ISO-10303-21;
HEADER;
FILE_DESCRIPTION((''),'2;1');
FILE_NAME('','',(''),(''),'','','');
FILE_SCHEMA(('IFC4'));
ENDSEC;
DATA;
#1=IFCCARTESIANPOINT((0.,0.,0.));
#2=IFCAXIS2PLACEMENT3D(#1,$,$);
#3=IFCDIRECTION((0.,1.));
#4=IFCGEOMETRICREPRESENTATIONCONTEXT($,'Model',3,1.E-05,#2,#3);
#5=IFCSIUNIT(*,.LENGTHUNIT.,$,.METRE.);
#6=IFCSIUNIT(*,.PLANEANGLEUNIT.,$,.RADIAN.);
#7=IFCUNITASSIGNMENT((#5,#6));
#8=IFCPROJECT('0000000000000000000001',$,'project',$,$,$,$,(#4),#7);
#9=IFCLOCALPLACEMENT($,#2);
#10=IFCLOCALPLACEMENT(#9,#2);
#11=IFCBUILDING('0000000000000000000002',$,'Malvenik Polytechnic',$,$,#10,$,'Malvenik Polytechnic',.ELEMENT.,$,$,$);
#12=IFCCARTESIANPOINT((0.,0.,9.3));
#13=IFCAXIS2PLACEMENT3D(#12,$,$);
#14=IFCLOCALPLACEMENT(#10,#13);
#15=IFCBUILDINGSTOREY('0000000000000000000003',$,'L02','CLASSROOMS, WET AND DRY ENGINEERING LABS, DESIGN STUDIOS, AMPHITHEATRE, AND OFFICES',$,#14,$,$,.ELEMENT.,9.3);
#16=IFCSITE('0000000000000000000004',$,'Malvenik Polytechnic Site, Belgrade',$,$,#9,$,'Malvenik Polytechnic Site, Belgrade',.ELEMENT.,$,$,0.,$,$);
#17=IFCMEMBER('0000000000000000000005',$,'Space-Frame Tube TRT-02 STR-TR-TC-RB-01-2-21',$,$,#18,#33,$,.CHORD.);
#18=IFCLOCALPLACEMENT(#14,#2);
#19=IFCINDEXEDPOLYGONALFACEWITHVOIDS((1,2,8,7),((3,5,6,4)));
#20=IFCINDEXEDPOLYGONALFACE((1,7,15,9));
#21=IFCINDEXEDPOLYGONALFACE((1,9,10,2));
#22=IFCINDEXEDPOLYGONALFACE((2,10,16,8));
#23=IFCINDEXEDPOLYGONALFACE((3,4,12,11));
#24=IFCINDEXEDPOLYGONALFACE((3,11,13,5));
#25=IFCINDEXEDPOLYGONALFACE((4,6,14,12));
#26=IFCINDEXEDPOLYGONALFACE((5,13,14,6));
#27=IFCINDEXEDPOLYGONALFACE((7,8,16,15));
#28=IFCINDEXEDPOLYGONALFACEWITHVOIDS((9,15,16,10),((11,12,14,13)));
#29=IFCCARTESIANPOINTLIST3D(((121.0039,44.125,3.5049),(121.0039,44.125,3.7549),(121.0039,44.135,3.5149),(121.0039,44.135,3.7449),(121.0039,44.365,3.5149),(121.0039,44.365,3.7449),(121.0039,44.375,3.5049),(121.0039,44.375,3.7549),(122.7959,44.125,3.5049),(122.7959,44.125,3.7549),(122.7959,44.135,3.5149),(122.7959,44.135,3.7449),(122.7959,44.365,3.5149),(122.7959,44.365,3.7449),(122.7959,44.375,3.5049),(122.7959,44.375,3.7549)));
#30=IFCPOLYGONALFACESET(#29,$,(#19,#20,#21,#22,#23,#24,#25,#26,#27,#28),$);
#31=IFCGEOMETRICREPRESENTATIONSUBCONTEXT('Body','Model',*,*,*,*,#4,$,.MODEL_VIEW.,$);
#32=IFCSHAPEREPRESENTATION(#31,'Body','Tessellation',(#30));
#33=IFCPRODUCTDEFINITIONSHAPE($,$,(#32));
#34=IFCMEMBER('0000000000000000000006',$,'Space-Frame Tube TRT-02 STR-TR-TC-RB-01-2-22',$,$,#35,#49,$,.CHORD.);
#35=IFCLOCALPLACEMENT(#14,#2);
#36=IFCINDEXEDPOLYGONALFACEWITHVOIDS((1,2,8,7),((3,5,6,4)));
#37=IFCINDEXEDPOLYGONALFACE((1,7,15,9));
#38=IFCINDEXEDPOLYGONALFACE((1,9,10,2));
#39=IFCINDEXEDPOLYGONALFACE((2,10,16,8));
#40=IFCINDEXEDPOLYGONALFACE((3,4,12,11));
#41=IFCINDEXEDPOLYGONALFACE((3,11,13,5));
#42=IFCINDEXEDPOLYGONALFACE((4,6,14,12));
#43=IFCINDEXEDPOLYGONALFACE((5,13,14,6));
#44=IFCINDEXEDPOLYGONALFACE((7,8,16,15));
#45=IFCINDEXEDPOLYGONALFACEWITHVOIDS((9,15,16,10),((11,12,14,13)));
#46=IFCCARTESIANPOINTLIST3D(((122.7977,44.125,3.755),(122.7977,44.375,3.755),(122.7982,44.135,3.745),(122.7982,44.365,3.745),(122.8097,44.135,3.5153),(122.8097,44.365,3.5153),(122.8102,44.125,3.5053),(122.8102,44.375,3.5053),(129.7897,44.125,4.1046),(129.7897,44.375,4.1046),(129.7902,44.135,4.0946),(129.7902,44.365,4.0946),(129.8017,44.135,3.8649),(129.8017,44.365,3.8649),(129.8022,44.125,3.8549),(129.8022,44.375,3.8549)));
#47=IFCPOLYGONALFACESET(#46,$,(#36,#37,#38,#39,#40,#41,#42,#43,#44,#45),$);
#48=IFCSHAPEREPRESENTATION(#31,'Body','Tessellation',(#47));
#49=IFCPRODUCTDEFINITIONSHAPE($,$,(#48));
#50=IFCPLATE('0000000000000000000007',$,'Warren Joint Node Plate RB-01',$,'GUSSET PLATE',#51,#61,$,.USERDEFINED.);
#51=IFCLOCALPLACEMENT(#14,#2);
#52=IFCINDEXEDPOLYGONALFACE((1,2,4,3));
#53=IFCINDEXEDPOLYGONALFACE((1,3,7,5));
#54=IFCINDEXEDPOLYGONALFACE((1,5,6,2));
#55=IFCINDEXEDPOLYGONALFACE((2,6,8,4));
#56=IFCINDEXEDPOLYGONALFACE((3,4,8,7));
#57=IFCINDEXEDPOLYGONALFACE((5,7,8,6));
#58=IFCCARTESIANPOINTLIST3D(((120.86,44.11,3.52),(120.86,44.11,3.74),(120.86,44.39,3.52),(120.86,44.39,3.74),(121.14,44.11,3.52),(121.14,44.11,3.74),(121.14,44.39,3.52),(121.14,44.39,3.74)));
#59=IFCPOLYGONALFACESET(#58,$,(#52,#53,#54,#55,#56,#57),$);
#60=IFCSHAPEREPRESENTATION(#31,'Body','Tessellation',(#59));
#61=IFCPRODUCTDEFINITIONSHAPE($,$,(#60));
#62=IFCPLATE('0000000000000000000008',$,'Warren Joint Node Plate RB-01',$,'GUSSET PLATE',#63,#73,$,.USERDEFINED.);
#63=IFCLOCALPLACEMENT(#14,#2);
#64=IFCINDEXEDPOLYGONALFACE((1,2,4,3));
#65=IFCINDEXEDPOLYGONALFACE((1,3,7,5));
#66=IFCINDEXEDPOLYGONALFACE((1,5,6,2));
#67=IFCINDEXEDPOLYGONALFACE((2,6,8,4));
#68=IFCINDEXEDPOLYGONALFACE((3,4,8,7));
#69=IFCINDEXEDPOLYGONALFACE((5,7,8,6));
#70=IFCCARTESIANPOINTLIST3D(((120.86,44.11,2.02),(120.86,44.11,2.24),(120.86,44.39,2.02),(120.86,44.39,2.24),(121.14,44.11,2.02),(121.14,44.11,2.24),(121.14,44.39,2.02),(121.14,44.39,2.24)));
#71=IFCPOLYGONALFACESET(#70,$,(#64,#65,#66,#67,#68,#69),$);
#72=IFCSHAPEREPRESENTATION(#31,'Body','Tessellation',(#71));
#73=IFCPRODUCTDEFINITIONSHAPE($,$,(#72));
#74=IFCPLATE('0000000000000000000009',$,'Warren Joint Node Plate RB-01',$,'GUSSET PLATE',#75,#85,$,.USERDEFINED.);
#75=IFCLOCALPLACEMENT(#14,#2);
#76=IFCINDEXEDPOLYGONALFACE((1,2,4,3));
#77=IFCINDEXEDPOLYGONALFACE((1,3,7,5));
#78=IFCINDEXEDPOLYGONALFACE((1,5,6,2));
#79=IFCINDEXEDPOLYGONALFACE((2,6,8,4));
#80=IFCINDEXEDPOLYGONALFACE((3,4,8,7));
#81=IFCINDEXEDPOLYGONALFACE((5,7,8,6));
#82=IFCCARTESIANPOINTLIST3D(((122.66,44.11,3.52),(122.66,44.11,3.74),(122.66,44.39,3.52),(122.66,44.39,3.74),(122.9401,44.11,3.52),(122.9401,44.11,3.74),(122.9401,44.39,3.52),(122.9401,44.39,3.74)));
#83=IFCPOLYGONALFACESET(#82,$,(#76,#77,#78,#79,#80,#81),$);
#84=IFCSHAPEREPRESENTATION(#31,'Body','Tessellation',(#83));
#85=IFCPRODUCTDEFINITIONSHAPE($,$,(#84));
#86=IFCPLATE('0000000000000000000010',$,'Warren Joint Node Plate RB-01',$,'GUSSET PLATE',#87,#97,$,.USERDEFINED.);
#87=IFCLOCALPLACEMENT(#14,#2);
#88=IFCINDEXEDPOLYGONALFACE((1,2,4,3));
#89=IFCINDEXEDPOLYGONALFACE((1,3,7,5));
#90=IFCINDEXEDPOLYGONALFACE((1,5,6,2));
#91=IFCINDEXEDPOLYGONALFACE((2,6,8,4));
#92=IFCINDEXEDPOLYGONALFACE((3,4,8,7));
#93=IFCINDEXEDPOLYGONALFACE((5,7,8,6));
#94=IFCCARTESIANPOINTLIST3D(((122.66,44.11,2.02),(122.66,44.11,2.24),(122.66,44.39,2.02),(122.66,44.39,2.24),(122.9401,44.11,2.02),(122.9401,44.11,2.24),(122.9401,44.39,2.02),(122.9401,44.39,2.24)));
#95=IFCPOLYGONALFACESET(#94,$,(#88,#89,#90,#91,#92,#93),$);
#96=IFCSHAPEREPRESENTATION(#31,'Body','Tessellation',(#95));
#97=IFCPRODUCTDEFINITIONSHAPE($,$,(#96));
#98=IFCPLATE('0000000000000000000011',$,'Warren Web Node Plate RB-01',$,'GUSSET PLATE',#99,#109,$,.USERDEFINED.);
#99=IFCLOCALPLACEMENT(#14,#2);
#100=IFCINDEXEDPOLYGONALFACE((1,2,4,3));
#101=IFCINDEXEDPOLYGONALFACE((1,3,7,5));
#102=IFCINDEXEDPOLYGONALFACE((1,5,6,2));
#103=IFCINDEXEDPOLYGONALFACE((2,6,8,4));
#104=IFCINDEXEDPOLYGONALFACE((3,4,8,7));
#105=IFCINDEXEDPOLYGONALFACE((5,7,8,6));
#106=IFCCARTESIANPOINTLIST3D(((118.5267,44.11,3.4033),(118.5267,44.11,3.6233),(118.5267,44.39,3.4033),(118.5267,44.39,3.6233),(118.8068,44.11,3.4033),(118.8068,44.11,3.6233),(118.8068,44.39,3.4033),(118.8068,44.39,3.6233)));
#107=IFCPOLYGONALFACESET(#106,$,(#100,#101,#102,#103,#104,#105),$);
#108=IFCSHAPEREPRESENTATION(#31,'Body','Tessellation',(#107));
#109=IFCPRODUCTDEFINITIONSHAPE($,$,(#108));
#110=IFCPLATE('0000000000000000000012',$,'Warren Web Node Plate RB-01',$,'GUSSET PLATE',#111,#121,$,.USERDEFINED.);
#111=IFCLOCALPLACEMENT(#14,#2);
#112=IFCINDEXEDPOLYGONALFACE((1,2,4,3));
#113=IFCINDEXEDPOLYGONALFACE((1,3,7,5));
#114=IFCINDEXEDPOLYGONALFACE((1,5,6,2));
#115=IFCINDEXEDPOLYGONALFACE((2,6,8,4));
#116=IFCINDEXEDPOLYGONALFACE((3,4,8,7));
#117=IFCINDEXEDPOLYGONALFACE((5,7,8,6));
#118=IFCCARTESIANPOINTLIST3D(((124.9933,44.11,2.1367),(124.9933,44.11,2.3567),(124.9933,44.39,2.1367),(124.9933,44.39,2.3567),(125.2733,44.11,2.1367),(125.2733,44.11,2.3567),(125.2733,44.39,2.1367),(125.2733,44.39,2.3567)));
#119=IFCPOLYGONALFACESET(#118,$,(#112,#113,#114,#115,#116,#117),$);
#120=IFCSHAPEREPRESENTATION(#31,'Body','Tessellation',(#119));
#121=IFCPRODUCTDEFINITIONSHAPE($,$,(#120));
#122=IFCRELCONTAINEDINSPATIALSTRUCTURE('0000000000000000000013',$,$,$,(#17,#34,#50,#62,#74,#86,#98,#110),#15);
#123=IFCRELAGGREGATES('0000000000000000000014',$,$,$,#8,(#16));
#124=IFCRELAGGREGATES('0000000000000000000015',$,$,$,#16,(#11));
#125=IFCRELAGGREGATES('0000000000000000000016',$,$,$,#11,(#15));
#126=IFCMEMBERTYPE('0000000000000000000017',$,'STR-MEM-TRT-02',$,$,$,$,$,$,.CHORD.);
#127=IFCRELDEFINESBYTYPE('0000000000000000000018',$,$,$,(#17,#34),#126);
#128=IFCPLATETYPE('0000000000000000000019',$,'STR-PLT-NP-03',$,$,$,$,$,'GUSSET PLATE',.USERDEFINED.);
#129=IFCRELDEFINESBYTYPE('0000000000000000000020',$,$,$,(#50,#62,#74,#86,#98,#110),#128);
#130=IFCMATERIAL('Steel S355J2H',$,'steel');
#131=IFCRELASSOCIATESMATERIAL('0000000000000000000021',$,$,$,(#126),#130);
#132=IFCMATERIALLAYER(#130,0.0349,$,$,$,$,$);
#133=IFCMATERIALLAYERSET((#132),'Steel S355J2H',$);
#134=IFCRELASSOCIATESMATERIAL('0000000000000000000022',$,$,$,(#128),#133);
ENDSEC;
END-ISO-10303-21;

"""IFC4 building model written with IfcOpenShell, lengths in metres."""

from ifc_helpers import new_model, si_unit, direction, frame, origin, origin_2d, place, context, subcontext, project, spatial, rectangle, hollow_rectangle, extrude, material, layer, layer_set, material_profile, profile_set, type_object, element, save


model = new_model("IFC4")

# Units and contexts
model_context = context("Model", 3, precision=1e-05, world=origin(), true_north=direction((0.0, 1.0)))
body_context = subcontext(model_context, "Body", "Model", "MODEL_VIEW")
ifc_project = project(units=[si_unit("LENGTHUNIT", "METRE"), si_unit("PLANEANGLEUNIT", "RADIAN")], contexts=[model_context])

# Site, building, storey
site_placement = place(None, origin())
site = spatial("IfcSite", under=ifc_project, at=site_placement, Name="Malvenik Polytechnic Site, Belgrade", LongName="Malvenik Polytechnic Site, Belgrade", CompositionType="ELEMENT", RefElevation=0.0)
building_placement = place(site_placement, origin())
building = spatial("IfcBuilding", under=site, at=building_placement, Name="Malvenik Polytechnic", LongName="Malvenik Polytechnic", CompositionType="ELEMENT")
storey_placement = place(building_placement, frame((0.0, 0.0, 9.3)))
storey = spatial("IfcBuildingStorey", under=building, at=storey_placement, Name="L02", Description="CLASSROOMS, WET AND DRY ENGINEERING LABS, DESIGN STUDIOS, AMPHITHEATRE, AND OFFICES", CompositionType="ELEMENT", Elevation=9.3)

# Shared definitions
ifc_material_1 = material(Name="Steel S355J2H", Category="steel")

# Members
ifc_material_profile_1 = material_profile(ifc_material_1, hollow_rectangle(XDim=0.25, YDim=0.25, WallThickness=0.01, at=origin_2d()), Name="SHS 250x250x10.0")
ifc_profile_set_1 = profile_set([ifc_material_profile_1], Name="Steel S355J2H")
member_type_1 = type_object("IfcMemberType", Name="STR-MEM-TRT-02", PredefinedType="CHORD", material=ifc_profile_set_1)
member_1_placement = place(storey_placement, frame((121.0039, 44.25, 3.6299), z_axis=(1.0, 0.0, 0.0), x_axis=(0.0, 1.0, 0.0)))
element("IfcMember", 1, at=member_1_placement, inside=storey, type_object=member_type_1, Name="Space-Frame Tube TRT-02 STR-TR-TC-RB-01-2-21", PredefinedType="CHORD", context=body_context, shape_type="SweptSolid", body=[
    extrude(hollow_rectangle(XDim=0.25, YDim=0.25, WallThickness=0.01, at=origin_2d()), origin(), (0.0, 0.0, 1.0), 1.792),
])
member_2_placement = place(storey_placement, frame((122.804, 44.25, 3.6301), z_axis=(0.998752, 0.0, 0.049939), x_axis=(0.0, 1.0, 0.0)))
element("IfcMember", 2, at=member_2_placement, inside=storey, type_object=member_type_1, Name="Space-Frame Tube TRT-02 STR-TR-TC-RB-01-2-22", PredefinedType="CHORD", context=body_context, shape_type="SweptSolid", body=[
    extrude(hollow_rectangle(XDim=0.25, YDim=0.25, WallThickness=0.01, at=origin_2d()), origin(), (0.0, 0.0, 1.0), 7.0007),
])

# Plates
ifc_layer_1 = layer(ifc_material_1, 0.0349)
ifc_layer_set_1 = layer_set([ifc_layer_1], Name="Steel S355J2H")
plate_type = type_object("IfcPlateType", Name="STR-PLT-NP-03", ElementType="GUSSET PLATE", PredefinedType="USERDEFINED", material=ifc_layer_set_1)
for number, where, z_axis, x_axis, name in (
    (3, (121.0, 44.25, 3.52), (0.0, 0.0, 1.0), (1.0, 0.0, 0.0), "Warren Joint Node Plate RB-01"),
    (4, (121.0, 44.25, 2.02), (0.0, 0.0, 1.0), (1.0, 0.0, 0.0), "Warren Joint Node Plate RB-01"),
    (5, (122.8, 44.25, 3.52), (0.0, 0.0, 1.0), (1.0, 0.0, 0.0), "Warren Joint Node Plate RB-01"),
    (6, (122.8, 44.25, 2.02), (0.0, 0.0, 1.0), (1.0, 0.0, 0.0), "Warren Joint Node Plate RB-01"),
    (7, (118.6667, 44.25, 3.4033), (0.0, 0.0, 1.0), (1.0, 0.0, 0.0), "Warren Web Node Plate RB-01"),
    (8, (125.1333, 44.25, 2.1367), (0.0, 0.0, 1.0), (1.0, 0.0, 0.0), "Warren Web Node Plate RB-01"),
):
    element("IfcPlate", number, at=place(storey_placement, frame(where, z_axis=z_axis, x_axis=x_axis)), inside=storey, type_object=plate_type, Name=name, ObjectType="GUSSET PLATE", PredefinedType="USERDEFINED", context=body_context, shape_type="SweptSolid", body=[
        extrude(rectangle(XDim=0.28, YDim=0.28, at=origin_2d()), origin(), (0.0, 0.0, 1.0), 0.22),
    ])

save(model, "model.ifc")
